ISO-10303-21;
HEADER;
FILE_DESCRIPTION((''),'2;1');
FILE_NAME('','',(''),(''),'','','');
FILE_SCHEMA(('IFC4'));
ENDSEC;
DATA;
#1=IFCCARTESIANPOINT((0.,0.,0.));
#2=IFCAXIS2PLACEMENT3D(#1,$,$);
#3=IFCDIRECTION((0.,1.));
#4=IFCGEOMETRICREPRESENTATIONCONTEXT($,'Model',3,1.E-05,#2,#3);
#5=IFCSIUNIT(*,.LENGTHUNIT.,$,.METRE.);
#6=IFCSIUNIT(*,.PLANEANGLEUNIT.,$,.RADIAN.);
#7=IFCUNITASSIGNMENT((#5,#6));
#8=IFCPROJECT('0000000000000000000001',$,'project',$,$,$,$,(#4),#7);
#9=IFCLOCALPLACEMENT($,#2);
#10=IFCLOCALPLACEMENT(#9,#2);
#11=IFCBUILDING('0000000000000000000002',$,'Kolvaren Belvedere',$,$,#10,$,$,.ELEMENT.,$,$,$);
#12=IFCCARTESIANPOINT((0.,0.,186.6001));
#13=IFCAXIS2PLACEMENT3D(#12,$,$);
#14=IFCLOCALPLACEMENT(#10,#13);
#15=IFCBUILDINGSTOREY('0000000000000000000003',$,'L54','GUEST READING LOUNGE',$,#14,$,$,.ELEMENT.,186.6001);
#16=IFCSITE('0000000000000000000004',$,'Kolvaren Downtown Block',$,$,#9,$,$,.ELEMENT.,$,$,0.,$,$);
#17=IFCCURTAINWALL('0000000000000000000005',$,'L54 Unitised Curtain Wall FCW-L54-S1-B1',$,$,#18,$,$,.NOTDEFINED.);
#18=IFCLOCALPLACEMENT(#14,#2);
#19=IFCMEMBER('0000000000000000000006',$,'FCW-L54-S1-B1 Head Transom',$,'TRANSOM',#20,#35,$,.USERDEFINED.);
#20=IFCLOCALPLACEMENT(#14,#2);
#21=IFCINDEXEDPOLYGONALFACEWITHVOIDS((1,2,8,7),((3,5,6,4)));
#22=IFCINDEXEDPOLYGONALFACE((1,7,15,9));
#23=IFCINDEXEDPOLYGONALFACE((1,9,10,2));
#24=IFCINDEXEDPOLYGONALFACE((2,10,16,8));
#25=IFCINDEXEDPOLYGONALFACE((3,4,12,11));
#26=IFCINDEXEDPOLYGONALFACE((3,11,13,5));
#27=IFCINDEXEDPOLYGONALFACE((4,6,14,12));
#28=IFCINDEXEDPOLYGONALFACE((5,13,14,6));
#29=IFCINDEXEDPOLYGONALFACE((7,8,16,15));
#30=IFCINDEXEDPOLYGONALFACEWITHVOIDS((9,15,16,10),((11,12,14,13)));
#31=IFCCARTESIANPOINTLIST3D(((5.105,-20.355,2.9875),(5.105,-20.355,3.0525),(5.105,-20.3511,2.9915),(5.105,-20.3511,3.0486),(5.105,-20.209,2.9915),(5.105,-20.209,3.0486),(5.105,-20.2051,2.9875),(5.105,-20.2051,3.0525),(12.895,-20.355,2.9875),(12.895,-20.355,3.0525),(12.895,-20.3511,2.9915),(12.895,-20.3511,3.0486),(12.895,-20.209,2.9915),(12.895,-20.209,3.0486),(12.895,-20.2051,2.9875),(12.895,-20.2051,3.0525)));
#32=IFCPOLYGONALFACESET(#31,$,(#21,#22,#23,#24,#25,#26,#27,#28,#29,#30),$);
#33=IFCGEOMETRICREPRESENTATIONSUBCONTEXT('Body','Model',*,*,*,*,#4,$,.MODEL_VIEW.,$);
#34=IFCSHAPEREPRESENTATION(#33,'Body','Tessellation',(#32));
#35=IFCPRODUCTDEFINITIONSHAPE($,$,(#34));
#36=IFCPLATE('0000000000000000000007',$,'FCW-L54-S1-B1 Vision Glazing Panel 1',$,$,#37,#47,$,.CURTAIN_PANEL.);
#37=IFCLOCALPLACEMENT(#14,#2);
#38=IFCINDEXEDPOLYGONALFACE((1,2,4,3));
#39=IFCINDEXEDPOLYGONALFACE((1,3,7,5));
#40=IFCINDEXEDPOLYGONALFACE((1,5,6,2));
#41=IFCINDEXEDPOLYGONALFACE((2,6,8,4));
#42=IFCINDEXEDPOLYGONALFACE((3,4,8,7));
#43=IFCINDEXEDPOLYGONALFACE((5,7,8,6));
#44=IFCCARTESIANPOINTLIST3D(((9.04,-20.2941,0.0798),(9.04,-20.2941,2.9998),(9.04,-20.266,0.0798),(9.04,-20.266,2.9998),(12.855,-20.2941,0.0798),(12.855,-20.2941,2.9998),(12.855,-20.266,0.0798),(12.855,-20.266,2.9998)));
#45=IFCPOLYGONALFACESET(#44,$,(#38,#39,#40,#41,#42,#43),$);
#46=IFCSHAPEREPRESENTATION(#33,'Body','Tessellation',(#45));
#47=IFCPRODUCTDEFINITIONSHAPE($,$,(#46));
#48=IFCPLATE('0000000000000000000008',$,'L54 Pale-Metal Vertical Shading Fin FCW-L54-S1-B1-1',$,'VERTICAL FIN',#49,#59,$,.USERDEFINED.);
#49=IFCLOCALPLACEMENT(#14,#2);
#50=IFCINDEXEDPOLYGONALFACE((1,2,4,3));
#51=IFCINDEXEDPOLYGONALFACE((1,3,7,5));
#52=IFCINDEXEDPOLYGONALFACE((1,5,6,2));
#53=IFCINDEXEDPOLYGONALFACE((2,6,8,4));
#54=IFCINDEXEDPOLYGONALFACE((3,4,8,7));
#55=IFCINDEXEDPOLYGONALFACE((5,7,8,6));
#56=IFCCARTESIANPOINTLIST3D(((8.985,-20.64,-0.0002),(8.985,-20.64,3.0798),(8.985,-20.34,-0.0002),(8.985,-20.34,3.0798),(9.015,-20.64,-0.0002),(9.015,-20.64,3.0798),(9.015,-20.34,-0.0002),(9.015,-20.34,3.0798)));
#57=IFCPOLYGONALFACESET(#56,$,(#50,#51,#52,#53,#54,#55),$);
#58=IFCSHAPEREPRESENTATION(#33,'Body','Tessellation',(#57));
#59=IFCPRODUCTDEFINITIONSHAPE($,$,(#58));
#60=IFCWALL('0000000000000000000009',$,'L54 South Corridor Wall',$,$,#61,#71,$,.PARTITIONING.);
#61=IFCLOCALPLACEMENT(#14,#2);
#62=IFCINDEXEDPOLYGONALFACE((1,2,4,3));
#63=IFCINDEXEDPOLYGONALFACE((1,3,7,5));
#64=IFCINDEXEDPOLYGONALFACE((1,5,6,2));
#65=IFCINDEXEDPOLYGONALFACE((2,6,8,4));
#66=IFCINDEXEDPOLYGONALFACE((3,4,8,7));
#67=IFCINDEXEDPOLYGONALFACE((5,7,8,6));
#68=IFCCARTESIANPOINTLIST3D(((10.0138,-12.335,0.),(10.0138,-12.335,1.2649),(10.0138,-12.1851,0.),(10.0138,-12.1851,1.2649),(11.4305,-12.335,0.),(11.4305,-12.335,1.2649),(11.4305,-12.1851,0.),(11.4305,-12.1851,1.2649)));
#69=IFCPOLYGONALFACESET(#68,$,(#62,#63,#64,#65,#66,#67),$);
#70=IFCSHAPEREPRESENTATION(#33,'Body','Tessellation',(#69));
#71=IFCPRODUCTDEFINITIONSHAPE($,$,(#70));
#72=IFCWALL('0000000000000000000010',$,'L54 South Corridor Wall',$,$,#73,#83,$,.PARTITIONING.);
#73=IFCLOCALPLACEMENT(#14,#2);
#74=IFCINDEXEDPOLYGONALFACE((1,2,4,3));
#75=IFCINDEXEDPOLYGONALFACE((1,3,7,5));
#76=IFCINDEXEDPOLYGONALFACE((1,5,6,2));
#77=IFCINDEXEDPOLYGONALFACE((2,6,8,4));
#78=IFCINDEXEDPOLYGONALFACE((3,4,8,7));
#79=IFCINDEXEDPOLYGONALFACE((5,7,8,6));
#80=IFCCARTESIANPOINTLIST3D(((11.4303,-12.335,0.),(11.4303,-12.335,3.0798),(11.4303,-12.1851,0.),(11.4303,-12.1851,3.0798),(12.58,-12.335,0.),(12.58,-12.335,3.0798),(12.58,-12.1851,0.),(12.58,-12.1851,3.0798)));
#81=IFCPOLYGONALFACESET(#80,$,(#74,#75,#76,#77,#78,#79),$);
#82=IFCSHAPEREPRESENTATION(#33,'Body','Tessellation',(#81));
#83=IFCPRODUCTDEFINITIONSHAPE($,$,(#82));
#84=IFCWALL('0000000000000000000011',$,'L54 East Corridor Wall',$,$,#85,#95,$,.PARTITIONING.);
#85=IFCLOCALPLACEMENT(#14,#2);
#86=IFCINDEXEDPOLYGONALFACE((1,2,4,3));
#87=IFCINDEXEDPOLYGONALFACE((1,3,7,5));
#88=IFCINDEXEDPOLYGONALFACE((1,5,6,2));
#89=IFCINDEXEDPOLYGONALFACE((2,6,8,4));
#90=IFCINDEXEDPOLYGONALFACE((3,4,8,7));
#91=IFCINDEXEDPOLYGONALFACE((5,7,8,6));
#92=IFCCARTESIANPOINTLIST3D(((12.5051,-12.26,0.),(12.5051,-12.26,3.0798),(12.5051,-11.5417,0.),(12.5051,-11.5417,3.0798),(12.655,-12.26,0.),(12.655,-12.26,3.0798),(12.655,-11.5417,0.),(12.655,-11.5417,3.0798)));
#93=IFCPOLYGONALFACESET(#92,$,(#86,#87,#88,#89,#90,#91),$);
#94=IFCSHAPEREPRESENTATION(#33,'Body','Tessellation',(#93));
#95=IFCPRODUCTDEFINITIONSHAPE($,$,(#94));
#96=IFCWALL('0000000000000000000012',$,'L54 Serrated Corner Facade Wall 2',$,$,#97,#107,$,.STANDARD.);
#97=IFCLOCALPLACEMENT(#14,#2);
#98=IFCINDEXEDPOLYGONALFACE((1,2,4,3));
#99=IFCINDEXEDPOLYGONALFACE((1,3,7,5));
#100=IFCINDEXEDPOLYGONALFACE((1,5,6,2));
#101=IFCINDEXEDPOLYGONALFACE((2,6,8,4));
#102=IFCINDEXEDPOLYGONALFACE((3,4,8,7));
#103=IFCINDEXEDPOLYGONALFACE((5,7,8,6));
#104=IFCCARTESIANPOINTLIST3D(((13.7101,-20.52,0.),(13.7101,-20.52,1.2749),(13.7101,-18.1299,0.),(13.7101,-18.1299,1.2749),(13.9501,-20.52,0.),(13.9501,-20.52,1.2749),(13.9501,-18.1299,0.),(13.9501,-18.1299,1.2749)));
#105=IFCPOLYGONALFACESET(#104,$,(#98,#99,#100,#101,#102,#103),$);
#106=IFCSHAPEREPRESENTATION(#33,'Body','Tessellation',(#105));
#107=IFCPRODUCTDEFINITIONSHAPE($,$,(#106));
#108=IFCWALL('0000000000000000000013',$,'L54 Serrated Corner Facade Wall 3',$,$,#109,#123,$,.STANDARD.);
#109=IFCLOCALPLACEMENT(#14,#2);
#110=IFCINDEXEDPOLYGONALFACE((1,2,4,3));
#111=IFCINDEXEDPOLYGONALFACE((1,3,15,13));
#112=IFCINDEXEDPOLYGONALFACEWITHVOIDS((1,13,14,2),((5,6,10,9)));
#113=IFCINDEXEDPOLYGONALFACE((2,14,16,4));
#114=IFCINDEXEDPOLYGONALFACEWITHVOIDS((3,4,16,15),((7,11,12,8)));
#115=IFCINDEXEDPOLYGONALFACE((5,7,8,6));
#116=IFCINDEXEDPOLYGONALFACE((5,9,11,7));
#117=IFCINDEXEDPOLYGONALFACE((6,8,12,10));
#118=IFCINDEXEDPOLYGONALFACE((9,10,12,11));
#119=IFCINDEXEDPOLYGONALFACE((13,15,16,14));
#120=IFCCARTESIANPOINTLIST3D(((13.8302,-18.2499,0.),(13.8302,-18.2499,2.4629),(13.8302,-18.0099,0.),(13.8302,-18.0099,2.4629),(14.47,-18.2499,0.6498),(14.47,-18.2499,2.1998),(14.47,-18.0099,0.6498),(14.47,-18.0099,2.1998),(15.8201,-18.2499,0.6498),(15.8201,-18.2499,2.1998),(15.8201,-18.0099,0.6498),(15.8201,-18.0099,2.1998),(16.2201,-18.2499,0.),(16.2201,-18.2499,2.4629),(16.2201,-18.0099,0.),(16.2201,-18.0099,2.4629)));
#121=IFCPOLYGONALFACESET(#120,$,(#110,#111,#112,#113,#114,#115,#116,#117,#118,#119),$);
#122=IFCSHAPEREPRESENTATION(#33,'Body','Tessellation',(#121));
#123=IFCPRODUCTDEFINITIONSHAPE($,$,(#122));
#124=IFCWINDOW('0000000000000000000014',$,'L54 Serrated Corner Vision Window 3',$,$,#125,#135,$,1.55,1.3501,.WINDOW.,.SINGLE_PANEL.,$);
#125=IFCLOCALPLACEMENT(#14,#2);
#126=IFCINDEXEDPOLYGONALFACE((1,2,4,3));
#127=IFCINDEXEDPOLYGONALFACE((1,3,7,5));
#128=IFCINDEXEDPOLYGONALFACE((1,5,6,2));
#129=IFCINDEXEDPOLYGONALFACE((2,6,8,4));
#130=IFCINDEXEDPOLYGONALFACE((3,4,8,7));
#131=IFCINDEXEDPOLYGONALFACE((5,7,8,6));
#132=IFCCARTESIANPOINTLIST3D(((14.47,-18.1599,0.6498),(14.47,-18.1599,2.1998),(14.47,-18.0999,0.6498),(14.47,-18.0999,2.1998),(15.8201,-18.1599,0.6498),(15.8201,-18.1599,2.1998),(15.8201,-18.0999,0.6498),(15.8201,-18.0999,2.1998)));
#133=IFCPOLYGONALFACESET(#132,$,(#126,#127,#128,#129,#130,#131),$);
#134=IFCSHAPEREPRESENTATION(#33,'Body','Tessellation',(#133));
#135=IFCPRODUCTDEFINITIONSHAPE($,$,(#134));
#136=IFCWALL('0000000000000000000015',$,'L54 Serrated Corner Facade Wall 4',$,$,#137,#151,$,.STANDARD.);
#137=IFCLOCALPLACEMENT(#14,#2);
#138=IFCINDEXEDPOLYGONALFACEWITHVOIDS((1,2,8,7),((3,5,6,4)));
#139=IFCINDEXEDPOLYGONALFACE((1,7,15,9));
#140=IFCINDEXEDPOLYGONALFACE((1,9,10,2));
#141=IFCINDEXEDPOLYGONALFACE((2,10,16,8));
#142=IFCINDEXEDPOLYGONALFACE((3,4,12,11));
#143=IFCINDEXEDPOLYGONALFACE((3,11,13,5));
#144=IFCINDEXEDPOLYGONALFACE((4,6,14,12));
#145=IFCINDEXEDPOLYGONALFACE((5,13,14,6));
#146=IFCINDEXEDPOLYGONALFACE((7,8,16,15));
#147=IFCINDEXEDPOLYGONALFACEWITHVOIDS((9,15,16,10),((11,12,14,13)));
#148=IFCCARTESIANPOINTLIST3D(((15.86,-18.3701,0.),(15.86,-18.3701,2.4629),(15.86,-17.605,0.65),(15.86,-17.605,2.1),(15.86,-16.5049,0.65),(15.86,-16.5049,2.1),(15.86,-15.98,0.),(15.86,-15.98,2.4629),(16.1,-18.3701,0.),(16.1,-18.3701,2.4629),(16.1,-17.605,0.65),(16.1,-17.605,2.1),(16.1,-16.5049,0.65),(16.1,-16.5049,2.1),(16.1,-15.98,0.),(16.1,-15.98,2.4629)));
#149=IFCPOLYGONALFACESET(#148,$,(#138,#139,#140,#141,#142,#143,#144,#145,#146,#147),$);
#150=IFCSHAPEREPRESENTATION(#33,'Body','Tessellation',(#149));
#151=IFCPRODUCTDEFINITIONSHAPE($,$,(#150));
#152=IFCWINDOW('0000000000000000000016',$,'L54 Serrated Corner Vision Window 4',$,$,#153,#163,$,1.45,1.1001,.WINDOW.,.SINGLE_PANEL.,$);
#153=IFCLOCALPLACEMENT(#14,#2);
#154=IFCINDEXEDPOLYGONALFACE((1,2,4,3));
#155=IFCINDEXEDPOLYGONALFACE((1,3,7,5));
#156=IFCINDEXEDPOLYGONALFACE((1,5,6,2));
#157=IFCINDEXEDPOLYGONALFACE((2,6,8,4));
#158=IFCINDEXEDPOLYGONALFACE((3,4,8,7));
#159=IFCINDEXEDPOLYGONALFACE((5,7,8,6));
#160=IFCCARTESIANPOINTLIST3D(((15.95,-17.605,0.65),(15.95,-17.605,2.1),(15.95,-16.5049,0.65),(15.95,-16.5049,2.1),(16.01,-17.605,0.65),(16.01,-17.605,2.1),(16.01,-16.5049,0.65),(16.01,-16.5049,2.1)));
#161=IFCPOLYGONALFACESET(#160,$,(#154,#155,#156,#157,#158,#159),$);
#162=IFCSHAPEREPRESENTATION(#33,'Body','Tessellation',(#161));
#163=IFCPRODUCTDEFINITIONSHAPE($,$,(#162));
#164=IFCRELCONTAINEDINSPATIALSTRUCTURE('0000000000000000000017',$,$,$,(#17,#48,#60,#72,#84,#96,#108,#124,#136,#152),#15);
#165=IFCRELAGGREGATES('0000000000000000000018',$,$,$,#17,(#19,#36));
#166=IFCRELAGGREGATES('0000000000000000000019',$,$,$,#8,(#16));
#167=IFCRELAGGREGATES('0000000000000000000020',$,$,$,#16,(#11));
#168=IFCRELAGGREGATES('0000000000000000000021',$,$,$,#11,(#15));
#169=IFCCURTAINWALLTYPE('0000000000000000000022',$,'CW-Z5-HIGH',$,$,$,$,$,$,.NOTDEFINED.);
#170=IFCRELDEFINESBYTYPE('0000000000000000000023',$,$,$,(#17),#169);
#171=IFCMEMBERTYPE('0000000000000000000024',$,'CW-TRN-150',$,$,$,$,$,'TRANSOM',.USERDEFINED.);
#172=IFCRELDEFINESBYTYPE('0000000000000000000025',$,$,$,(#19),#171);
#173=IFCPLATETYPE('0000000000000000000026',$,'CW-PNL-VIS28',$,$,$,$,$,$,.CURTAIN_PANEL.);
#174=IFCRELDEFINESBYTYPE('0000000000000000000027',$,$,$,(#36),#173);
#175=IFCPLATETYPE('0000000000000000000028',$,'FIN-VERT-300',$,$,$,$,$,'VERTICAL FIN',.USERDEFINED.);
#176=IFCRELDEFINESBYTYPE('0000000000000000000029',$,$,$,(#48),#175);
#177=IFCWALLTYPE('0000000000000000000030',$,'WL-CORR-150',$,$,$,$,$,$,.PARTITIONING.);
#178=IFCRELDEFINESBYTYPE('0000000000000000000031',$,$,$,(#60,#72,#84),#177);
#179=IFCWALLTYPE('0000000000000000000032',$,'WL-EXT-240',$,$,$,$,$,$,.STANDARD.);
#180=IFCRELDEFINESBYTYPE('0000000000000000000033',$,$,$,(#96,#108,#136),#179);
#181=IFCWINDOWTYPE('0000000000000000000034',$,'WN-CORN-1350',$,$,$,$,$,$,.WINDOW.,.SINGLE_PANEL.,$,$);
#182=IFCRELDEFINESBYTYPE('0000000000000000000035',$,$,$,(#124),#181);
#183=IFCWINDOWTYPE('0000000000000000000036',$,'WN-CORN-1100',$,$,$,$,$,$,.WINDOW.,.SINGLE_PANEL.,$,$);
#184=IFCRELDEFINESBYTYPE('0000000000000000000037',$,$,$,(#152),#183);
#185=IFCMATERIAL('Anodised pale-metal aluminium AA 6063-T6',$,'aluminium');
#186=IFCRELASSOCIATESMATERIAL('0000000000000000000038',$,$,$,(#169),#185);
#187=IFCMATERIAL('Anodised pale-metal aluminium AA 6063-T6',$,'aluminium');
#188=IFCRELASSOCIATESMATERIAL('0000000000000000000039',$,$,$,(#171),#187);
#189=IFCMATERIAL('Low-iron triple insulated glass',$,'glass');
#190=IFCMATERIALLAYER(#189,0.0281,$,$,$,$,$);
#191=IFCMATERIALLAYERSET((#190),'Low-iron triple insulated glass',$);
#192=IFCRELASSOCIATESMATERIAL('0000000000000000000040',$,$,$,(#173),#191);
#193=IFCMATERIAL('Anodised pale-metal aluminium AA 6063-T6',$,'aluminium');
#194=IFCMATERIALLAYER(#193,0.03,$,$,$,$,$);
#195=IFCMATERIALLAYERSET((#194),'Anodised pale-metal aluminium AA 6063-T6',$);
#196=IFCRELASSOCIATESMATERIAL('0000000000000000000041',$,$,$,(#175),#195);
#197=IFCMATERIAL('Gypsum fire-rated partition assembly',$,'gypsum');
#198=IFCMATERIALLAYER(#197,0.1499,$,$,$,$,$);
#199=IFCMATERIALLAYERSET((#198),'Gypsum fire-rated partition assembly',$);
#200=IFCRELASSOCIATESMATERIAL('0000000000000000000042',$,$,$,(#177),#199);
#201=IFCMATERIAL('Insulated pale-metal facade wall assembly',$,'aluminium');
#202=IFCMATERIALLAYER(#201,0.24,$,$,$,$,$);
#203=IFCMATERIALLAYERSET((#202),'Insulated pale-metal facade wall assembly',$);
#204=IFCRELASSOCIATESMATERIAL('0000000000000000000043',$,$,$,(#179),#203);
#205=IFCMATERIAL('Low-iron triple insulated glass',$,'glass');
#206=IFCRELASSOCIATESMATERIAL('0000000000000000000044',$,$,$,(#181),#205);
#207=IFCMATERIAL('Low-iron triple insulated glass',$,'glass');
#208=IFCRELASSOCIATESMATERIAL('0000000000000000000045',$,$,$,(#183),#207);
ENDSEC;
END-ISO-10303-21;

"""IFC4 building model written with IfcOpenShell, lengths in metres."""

from ifc_helpers import new_model, si_unit, direction, frame, frame_2d, origin, origin_2d, place, context, subcontext, project, spatial, rectangle, hollow_rectangle, extrude, material, layer, layer_set, material_profile, profile_set, type_object, element, fill, aggregate, save


model = new_model("IFC4")

# Units and contexts
model_context = context("Model", 3, precision=1e-05, world=origin(), true_north=direction((0.0, 1.0)))
body_context = subcontext(model_context, "Body", "Model", "MODEL_VIEW")
ifc_project = project(units=[si_unit("LENGTHUNIT", "METRE"), si_unit("PLANEANGLEUNIT", "RADIAN")], contexts=[model_context])

# Site, building, storey
site_placement = place(None, origin())
site = spatial("IfcSite", under=ifc_project, at=site_placement, Name="Kolvaren Downtown Block", CompositionType="ELEMENT", RefElevation=0.0)
building_placement = place(site_placement, origin())
building = spatial("IfcBuilding", under=site, at=building_placement, Name="Kolvaren Belvedere", CompositionType="ELEMENT")
storey_placement = place(building_placement, frame((0.0, 0.0, 186.6001)))
storey = spatial("IfcBuildingStorey", under=building, at=storey_placement, Name="L54", Description="GUEST READING LOUNGE", CompositionType="ELEMENT", Elevation=186.6001)

# Curtain wall
ifc_material_1 = material(Name="Anodised pale-metal aluminium AA 6063-T6", Category="aluminium")
curtain_wall_type = type_object("IfcCurtainWallType", Name="CW-Z5-HIGH", PredefinedType="NOTDEFINED", material=ifc_material_1)
curtain_wall_1_placement = place(storey_placement, origin())
curtain_wall_1 = element("IfcCurtainWall", 1, at=curtain_wall_1_placement, inside=storey, type_object=curtain_wall_type, Name="L54 Unitised Curtain Wall FCW-L54-S1-B1", PredefinedType="NOTDEFINED")

# Member
ifc_material_2 = material(Name="Anodised pale-metal aluminium AA 6063-T6", Category="aluminium")
ifc_material_profile_1 = material_profile(ifc_material_2, hollow_rectangle(XDim=0.0649, YDim=0.1499, WallThickness=0.0039, at=origin_2d()), Name="ALU-TRN-150X65")
ifc_profile_set_1 = profile_set([ifc_material_profile_1], Name="Anodised pale-metal aluminium AA 6063-T6")
member_type_1 = type_object("IfcMemberType", Name="CW-TRN-150", ElementType="TRANSOM", PredefinedType="USERDEFINED", material=ifc_profile_set_1)
member_1_placement = place(storey_placement, frame((12.895, -20.28, 3.02), z_axis=(-1.0, 0.0, 0.0), x_axis=(0.0, 0.0, 1.0)))
member_1 = element("IfcMember", 2, at=member_1_placement, type_object=member_type_1, Name="FCW-L54-S1-B1 Head Transom", ObjectType="TRANSOM", PredefinedType="USERDEFINED", context=body_context, shape_type="SweptSolid", body=[
    extrude(hollow_rectangle(XDim=0.0649, YDim=0.1499, WallThickness=0.0039, at=origin_2d()), origin(), (0.0, 0.0, 1.0), 7.79),
])

# Plates
ifc_material_3 = material(Name="Low-iron triple insulated glass", Category="glass")
ifc_layer_1 = layer(ifc_material_3, 0.0281)
ifc_layer_set_1 = layer_set([ifc_layer_1], Name="Low-iron triple insulated glass")
plate_type_1 = type_object("IfcPlateType", Name="CW-PNL-VIS28", PredefinedType="CURTAIN_PANEL", material=ifc_layer_set_1)
plate_1_placement = place(storey_placement, frame((10.9475, -20.28, 0.0798), z_axis=(0.0, 0.0, 1.0), x_axis=(-1.0, 0.0, 0.0)))
plate_1 = element("IfcPlate", 3, at=plate_1_placement, type_object=plate_type_1, Name="FCW-L54-S1-B1 Vision Glazing Panel 1", PredefinedType="CURTAIN_PANEL", context=body_context, shape_type="SweptSolid", body=[
    extrude(rectangle(XDim=3.8149, YDim=0.0281, at=origin_2d()), origin(), (0.0, 0.0, 1.0), 2.9199),
])
aggregate(curtain_wall_1, [member_1, plate_1])
ifc_material_4 = material(Name="Anodised pale-metal aluminium AA 6063-T6", Category="aluminium")
ifc_layer_2 = layer(ifc_material_4, 0.03)
ifc_layer_set_2 = layer_set([ifc_layer_2], Name="Anodised pale-metal aluminium AA 6063-T6")
plate_type_2 = type_object("IfcPlateType", Name="FIN-VERT-300", ElementType="VERTICAL FIN", PredefinedType="USERDEFINED", material=ifc_layer_set_2)
plate_2_placement = place(storey_placement, frame((9.0, -20.49, -0.0002), z_axis=(0.0, 0.0, 1.0), x_axis=(0.0, 1.0, 0.0)))
element("IfcPlate", 4, at=plate_2_placement, inside=storey, type_object=plate_type_2, Name="L54 Pale-Metal Vertical Shading Fin FCW-L54-S1-B1-1", ObjectType="VERTICAL FIN", PredefinedType="USERDEFINED", context=body_context, shape_type="SweptSolid", body=[
    extrude(rectangle(XDim=0.3, YDim=0.03, at=origin_2d()), origin(), (0.0, 0.0, 1.0), 3.0801),
])

# Walls
ifc_material_5 = material(Name="Gypsum fire-rated partition assembly", Category="gypsum")
ifc_layer_3 = layer(ifc_material_5, 0.1499)
ifc_layer_set_3 = layer_set([ifc_layer_3], Name="Gypsum fire-rated partition assembly")
wall_type_1 = type_object("IfcWallType", Name="WL-CORR-150", PredefinedType="PARTITIONING", material=ifc_layer_set_3)
wall_1_placement = place(storey_placement, frame((10.0137, -12.26, 0.0), z_axis=(0.0, 0.0, 1.0), x_axis=(1.0, 0.0, 0.0)))
element("IfcWall", 5, at=wall_1_placement, inside=storey, type_object=wall_type_1, Name="L54 South Corridor Wall", PredefinedType="PARTITIONING", context=body_context, shape_type="SweptSolid", body=[
    extrude(rectangle(XDim=1.4167, YDim=0.1499, at=frame_2d((0.7085, 0.0))), origin(), (0.0, 0.0, 1.0), 1.2649),
])
wall_2_placement = place(storey_placement, frame((11.4304, -12.26, 0.0), z_axis=(0.0, 0.0, 1.0), x_axis=(1.0, 0.0, 0.0)))
element("IfcWall", 6, at=wall_2_placement, inside=storey, type_object=wall_type_1, Name="L54 South Corridor Wall", PredefinedType="PARTITIONING", context=body_context, shape_type="SweptSolid", body=[
    extrude(rectangle(XDim=1.1497, YDim=0.1499, at=frame_2d((0.5747, 0.0))), origin(), (0.0, 0.0, 1.0), 3.0798),
])
wall_3_placement = place(storey_placement, frame((12.5801, -12.26, 0.0), z_axis=(0.0, 0.0, 1.0), x_axis=(0.0, 1.0, 0.0)))
element("IfcWall", 7, at=wall_3_placement, inside=storey, type_object=wall_type_1, Name="L54 East Corridor Wall", PredefinedType="PARTITIONING", context=body_context, shape_type="SweptSolid", body=[
    extrude(rectangle(XDim=0.7183, YDim=0.1499, at=frame_2d((0.3591, 0.0))), origin(), (0.0, 0.0, 1.0), 3.0798),
])
ifc_material_6 = material(Name="Insulated pale-metal facade wall assembly", Category="aluminium")
ifc_layer_4 = layer(ifc_material_6, 0.24)
ifc_layer_set_4 = layer_set([ifc_layer_4], Name="Insulated pale-metal facade wall assembly")
wall_type_2 = type_object("IfcWallType", Name="WL-EXT-240", PredefinedType="STANDARD", material=ifc_layer_set_4)
wall_4_placement = place(storey_placement, frame((13.8301, -18.1299, 0.0), z_axis=(0.0, 0.0, 1.0), x_axis=(0.0, -1.0, 0.0)))
element("IfcWall", 8, at=wall_4_placement, inside=storey, type_object=wall_type_2, Name="L54 Serrated Corner Facade Wall 2", PredefinedType="STANDARD", context=body_context, shape_type="SweptSolid", body=[
    extrude(rectangle(XDim=2.3901, YDim=0.24, at=frame_2d((1.1951, 0.0))), origin(), (0.0, 0.0, 1.0), 1.2749),
])

# Walls, openings, windows
wall_5_placement = place(storey_placement, frame((16.22, -18.1299, 0.0), z_axis=(0.0, 0.0, 1.0), x_axis=(-1.0, 0.0, 0.0)))
wall_5 = element("IfcWall", 9, at=wall_5_placement, inside=storey, type_object=wall_type_2, Name="L54 Serrated Corner Facade Wall 3", PredefinedType="STANDARD", context=body_context, shape_type="SweptSolid", body=[
    extrude(rectangle(XDim=2.3899, YDim=0.24, at=frame_2d((1.1948, 0.0))), origin(), (0.0, 0.0, 1.0), 2.4629),
])
opening_1_placement = place(wall_5_placement, frame((0.3999, 0.0, 0.6499)))
opening_1 = element("IfcOpeningElement", 10, at=opening_1_placement, cuts=wall_5, PredefinedType="OPENING", context=body_context, shape_type="SweptSolid", body=[
    extrude(rectangle(XDim=1.3501, YDim=1.55, at=frame_2d((0.675, 0.7749))), frame((0.0, 0.1299, 0.0), z_axis=(0.0, -1.0, 0.0), x_axis=(1.0, 0.0, 0.0)), (0.0, 0.0, 1.0), 0.26),
])
ifc_material_7 = material(Name="Low-iron triple insulated glass", Category="glass")
window_type_1 = type_object("IfcWindowType", Name="WN-CORN-1350", PartitioningType="SINGLE_PANEL", PredefinedType="WINDOW", material=ifc_material_7)
window_1_placement = place(opening_1_placement, origin())
window_1 = element("IfcWindow", 11, at=window_1_placement, inside=storey, type_object=window_type_1, Name="L54 Serrated Corner Vision Window 3", OverallHeight=1.55, OverallWidth=1.3501, PartitioningType="SINGLE_PANEL", PredefinedType="WINDOW", context=body_context, shape_type="SweptSolid", body=[
    extrude(rectangle(XDim=1.3501, YDim=1.55, at=frame_2d((0.675, 0.7749))), frame((0.0, 0.03, 0.0), z_axis=(0.0, -1.0, 0.0), x_axis=(1.0, 0.0, 0.0)), (0.0, 0.0, 1.0), 0.0601),
])
fill(opening_1, window_1)
wall_6_placement = place(storey_placement, frame((15.98, -15.98, 0.0), z_axis=(0.0, 0.0, 1.0), x_axis=(0.0, -1.0, 0.0)))
wall_6 = element("IfcWall", 12, at=wall_6_placement, inside=storey, type_object=wall_type_2, Name="L54 Serrated Corner Facade Wall 4", PredefinedType="STANDARD", context=body_context, shape_type="SweptSolid", body=[
    extrude(rectangle(XDim=2.3901, YDim=0.24, at=frame_2d((1.1951, 0.0))), origin(), (0.0, 0.0, 1.0), 2.4629),
])
opening_2_placement = place(wall_6_placement, frame((0.5249, 0.0, 0.6499)))
opening_2 = element("IfcOpeningElement", 13, at=opening_2_placement, cuts=wall_6, PredefinedType="OPENING", context=body_context, shape_type="SweptSolid", body=[
    extrude(rectangle(XDim=1.1001, YDim=1.45, at=frame_2d((0.55, 0.7251))), frame((0.0, 0.1299, 0.0), z_axis=(0.0, -1.0, 0.0), x_axis=(1.0, 0.0, 0.0)), (0.0, 0.0, 1.0), 0.26),
])
ifc_material_8 = material(Name="Low-iron triple insulated glass", Category="glass")
window_type_2 = type_object("IfcWindowType", Name="WN-CORN-1100", PartitioningType="SINGLE_PANEL", PredefinedType="WINDOW", material=ifc_material_8)
window_2_placement = place(opening_2_placement, origin())
window_2 = element("IfcWindow", 14, at=window_2_placement, inside=storey, type_object=window_type_2, Name="L54 Serrated Corner Vision Window 4", OverallHeight=1.45, OverallWidth=1.1001, PartitioningType="SINGLE_PANEL", PredefinedType="WINDOW", context=body_context, shape_type="SweptSolid", body=[
    extrude(rectangle(XDim=1.1001, YDim=1.45, at=frame_2d((0.55, 0.7251))), frame((0.0, 0.03, 0.0), z_axis=(0.0, -1.0, 0.0), x_axis=(1.0, 0.0, 0.0)), (0.0, 0.0, 1.0), 0.0601),
])
fill(opening_2, window_2)

save(model, "model.ifc")
